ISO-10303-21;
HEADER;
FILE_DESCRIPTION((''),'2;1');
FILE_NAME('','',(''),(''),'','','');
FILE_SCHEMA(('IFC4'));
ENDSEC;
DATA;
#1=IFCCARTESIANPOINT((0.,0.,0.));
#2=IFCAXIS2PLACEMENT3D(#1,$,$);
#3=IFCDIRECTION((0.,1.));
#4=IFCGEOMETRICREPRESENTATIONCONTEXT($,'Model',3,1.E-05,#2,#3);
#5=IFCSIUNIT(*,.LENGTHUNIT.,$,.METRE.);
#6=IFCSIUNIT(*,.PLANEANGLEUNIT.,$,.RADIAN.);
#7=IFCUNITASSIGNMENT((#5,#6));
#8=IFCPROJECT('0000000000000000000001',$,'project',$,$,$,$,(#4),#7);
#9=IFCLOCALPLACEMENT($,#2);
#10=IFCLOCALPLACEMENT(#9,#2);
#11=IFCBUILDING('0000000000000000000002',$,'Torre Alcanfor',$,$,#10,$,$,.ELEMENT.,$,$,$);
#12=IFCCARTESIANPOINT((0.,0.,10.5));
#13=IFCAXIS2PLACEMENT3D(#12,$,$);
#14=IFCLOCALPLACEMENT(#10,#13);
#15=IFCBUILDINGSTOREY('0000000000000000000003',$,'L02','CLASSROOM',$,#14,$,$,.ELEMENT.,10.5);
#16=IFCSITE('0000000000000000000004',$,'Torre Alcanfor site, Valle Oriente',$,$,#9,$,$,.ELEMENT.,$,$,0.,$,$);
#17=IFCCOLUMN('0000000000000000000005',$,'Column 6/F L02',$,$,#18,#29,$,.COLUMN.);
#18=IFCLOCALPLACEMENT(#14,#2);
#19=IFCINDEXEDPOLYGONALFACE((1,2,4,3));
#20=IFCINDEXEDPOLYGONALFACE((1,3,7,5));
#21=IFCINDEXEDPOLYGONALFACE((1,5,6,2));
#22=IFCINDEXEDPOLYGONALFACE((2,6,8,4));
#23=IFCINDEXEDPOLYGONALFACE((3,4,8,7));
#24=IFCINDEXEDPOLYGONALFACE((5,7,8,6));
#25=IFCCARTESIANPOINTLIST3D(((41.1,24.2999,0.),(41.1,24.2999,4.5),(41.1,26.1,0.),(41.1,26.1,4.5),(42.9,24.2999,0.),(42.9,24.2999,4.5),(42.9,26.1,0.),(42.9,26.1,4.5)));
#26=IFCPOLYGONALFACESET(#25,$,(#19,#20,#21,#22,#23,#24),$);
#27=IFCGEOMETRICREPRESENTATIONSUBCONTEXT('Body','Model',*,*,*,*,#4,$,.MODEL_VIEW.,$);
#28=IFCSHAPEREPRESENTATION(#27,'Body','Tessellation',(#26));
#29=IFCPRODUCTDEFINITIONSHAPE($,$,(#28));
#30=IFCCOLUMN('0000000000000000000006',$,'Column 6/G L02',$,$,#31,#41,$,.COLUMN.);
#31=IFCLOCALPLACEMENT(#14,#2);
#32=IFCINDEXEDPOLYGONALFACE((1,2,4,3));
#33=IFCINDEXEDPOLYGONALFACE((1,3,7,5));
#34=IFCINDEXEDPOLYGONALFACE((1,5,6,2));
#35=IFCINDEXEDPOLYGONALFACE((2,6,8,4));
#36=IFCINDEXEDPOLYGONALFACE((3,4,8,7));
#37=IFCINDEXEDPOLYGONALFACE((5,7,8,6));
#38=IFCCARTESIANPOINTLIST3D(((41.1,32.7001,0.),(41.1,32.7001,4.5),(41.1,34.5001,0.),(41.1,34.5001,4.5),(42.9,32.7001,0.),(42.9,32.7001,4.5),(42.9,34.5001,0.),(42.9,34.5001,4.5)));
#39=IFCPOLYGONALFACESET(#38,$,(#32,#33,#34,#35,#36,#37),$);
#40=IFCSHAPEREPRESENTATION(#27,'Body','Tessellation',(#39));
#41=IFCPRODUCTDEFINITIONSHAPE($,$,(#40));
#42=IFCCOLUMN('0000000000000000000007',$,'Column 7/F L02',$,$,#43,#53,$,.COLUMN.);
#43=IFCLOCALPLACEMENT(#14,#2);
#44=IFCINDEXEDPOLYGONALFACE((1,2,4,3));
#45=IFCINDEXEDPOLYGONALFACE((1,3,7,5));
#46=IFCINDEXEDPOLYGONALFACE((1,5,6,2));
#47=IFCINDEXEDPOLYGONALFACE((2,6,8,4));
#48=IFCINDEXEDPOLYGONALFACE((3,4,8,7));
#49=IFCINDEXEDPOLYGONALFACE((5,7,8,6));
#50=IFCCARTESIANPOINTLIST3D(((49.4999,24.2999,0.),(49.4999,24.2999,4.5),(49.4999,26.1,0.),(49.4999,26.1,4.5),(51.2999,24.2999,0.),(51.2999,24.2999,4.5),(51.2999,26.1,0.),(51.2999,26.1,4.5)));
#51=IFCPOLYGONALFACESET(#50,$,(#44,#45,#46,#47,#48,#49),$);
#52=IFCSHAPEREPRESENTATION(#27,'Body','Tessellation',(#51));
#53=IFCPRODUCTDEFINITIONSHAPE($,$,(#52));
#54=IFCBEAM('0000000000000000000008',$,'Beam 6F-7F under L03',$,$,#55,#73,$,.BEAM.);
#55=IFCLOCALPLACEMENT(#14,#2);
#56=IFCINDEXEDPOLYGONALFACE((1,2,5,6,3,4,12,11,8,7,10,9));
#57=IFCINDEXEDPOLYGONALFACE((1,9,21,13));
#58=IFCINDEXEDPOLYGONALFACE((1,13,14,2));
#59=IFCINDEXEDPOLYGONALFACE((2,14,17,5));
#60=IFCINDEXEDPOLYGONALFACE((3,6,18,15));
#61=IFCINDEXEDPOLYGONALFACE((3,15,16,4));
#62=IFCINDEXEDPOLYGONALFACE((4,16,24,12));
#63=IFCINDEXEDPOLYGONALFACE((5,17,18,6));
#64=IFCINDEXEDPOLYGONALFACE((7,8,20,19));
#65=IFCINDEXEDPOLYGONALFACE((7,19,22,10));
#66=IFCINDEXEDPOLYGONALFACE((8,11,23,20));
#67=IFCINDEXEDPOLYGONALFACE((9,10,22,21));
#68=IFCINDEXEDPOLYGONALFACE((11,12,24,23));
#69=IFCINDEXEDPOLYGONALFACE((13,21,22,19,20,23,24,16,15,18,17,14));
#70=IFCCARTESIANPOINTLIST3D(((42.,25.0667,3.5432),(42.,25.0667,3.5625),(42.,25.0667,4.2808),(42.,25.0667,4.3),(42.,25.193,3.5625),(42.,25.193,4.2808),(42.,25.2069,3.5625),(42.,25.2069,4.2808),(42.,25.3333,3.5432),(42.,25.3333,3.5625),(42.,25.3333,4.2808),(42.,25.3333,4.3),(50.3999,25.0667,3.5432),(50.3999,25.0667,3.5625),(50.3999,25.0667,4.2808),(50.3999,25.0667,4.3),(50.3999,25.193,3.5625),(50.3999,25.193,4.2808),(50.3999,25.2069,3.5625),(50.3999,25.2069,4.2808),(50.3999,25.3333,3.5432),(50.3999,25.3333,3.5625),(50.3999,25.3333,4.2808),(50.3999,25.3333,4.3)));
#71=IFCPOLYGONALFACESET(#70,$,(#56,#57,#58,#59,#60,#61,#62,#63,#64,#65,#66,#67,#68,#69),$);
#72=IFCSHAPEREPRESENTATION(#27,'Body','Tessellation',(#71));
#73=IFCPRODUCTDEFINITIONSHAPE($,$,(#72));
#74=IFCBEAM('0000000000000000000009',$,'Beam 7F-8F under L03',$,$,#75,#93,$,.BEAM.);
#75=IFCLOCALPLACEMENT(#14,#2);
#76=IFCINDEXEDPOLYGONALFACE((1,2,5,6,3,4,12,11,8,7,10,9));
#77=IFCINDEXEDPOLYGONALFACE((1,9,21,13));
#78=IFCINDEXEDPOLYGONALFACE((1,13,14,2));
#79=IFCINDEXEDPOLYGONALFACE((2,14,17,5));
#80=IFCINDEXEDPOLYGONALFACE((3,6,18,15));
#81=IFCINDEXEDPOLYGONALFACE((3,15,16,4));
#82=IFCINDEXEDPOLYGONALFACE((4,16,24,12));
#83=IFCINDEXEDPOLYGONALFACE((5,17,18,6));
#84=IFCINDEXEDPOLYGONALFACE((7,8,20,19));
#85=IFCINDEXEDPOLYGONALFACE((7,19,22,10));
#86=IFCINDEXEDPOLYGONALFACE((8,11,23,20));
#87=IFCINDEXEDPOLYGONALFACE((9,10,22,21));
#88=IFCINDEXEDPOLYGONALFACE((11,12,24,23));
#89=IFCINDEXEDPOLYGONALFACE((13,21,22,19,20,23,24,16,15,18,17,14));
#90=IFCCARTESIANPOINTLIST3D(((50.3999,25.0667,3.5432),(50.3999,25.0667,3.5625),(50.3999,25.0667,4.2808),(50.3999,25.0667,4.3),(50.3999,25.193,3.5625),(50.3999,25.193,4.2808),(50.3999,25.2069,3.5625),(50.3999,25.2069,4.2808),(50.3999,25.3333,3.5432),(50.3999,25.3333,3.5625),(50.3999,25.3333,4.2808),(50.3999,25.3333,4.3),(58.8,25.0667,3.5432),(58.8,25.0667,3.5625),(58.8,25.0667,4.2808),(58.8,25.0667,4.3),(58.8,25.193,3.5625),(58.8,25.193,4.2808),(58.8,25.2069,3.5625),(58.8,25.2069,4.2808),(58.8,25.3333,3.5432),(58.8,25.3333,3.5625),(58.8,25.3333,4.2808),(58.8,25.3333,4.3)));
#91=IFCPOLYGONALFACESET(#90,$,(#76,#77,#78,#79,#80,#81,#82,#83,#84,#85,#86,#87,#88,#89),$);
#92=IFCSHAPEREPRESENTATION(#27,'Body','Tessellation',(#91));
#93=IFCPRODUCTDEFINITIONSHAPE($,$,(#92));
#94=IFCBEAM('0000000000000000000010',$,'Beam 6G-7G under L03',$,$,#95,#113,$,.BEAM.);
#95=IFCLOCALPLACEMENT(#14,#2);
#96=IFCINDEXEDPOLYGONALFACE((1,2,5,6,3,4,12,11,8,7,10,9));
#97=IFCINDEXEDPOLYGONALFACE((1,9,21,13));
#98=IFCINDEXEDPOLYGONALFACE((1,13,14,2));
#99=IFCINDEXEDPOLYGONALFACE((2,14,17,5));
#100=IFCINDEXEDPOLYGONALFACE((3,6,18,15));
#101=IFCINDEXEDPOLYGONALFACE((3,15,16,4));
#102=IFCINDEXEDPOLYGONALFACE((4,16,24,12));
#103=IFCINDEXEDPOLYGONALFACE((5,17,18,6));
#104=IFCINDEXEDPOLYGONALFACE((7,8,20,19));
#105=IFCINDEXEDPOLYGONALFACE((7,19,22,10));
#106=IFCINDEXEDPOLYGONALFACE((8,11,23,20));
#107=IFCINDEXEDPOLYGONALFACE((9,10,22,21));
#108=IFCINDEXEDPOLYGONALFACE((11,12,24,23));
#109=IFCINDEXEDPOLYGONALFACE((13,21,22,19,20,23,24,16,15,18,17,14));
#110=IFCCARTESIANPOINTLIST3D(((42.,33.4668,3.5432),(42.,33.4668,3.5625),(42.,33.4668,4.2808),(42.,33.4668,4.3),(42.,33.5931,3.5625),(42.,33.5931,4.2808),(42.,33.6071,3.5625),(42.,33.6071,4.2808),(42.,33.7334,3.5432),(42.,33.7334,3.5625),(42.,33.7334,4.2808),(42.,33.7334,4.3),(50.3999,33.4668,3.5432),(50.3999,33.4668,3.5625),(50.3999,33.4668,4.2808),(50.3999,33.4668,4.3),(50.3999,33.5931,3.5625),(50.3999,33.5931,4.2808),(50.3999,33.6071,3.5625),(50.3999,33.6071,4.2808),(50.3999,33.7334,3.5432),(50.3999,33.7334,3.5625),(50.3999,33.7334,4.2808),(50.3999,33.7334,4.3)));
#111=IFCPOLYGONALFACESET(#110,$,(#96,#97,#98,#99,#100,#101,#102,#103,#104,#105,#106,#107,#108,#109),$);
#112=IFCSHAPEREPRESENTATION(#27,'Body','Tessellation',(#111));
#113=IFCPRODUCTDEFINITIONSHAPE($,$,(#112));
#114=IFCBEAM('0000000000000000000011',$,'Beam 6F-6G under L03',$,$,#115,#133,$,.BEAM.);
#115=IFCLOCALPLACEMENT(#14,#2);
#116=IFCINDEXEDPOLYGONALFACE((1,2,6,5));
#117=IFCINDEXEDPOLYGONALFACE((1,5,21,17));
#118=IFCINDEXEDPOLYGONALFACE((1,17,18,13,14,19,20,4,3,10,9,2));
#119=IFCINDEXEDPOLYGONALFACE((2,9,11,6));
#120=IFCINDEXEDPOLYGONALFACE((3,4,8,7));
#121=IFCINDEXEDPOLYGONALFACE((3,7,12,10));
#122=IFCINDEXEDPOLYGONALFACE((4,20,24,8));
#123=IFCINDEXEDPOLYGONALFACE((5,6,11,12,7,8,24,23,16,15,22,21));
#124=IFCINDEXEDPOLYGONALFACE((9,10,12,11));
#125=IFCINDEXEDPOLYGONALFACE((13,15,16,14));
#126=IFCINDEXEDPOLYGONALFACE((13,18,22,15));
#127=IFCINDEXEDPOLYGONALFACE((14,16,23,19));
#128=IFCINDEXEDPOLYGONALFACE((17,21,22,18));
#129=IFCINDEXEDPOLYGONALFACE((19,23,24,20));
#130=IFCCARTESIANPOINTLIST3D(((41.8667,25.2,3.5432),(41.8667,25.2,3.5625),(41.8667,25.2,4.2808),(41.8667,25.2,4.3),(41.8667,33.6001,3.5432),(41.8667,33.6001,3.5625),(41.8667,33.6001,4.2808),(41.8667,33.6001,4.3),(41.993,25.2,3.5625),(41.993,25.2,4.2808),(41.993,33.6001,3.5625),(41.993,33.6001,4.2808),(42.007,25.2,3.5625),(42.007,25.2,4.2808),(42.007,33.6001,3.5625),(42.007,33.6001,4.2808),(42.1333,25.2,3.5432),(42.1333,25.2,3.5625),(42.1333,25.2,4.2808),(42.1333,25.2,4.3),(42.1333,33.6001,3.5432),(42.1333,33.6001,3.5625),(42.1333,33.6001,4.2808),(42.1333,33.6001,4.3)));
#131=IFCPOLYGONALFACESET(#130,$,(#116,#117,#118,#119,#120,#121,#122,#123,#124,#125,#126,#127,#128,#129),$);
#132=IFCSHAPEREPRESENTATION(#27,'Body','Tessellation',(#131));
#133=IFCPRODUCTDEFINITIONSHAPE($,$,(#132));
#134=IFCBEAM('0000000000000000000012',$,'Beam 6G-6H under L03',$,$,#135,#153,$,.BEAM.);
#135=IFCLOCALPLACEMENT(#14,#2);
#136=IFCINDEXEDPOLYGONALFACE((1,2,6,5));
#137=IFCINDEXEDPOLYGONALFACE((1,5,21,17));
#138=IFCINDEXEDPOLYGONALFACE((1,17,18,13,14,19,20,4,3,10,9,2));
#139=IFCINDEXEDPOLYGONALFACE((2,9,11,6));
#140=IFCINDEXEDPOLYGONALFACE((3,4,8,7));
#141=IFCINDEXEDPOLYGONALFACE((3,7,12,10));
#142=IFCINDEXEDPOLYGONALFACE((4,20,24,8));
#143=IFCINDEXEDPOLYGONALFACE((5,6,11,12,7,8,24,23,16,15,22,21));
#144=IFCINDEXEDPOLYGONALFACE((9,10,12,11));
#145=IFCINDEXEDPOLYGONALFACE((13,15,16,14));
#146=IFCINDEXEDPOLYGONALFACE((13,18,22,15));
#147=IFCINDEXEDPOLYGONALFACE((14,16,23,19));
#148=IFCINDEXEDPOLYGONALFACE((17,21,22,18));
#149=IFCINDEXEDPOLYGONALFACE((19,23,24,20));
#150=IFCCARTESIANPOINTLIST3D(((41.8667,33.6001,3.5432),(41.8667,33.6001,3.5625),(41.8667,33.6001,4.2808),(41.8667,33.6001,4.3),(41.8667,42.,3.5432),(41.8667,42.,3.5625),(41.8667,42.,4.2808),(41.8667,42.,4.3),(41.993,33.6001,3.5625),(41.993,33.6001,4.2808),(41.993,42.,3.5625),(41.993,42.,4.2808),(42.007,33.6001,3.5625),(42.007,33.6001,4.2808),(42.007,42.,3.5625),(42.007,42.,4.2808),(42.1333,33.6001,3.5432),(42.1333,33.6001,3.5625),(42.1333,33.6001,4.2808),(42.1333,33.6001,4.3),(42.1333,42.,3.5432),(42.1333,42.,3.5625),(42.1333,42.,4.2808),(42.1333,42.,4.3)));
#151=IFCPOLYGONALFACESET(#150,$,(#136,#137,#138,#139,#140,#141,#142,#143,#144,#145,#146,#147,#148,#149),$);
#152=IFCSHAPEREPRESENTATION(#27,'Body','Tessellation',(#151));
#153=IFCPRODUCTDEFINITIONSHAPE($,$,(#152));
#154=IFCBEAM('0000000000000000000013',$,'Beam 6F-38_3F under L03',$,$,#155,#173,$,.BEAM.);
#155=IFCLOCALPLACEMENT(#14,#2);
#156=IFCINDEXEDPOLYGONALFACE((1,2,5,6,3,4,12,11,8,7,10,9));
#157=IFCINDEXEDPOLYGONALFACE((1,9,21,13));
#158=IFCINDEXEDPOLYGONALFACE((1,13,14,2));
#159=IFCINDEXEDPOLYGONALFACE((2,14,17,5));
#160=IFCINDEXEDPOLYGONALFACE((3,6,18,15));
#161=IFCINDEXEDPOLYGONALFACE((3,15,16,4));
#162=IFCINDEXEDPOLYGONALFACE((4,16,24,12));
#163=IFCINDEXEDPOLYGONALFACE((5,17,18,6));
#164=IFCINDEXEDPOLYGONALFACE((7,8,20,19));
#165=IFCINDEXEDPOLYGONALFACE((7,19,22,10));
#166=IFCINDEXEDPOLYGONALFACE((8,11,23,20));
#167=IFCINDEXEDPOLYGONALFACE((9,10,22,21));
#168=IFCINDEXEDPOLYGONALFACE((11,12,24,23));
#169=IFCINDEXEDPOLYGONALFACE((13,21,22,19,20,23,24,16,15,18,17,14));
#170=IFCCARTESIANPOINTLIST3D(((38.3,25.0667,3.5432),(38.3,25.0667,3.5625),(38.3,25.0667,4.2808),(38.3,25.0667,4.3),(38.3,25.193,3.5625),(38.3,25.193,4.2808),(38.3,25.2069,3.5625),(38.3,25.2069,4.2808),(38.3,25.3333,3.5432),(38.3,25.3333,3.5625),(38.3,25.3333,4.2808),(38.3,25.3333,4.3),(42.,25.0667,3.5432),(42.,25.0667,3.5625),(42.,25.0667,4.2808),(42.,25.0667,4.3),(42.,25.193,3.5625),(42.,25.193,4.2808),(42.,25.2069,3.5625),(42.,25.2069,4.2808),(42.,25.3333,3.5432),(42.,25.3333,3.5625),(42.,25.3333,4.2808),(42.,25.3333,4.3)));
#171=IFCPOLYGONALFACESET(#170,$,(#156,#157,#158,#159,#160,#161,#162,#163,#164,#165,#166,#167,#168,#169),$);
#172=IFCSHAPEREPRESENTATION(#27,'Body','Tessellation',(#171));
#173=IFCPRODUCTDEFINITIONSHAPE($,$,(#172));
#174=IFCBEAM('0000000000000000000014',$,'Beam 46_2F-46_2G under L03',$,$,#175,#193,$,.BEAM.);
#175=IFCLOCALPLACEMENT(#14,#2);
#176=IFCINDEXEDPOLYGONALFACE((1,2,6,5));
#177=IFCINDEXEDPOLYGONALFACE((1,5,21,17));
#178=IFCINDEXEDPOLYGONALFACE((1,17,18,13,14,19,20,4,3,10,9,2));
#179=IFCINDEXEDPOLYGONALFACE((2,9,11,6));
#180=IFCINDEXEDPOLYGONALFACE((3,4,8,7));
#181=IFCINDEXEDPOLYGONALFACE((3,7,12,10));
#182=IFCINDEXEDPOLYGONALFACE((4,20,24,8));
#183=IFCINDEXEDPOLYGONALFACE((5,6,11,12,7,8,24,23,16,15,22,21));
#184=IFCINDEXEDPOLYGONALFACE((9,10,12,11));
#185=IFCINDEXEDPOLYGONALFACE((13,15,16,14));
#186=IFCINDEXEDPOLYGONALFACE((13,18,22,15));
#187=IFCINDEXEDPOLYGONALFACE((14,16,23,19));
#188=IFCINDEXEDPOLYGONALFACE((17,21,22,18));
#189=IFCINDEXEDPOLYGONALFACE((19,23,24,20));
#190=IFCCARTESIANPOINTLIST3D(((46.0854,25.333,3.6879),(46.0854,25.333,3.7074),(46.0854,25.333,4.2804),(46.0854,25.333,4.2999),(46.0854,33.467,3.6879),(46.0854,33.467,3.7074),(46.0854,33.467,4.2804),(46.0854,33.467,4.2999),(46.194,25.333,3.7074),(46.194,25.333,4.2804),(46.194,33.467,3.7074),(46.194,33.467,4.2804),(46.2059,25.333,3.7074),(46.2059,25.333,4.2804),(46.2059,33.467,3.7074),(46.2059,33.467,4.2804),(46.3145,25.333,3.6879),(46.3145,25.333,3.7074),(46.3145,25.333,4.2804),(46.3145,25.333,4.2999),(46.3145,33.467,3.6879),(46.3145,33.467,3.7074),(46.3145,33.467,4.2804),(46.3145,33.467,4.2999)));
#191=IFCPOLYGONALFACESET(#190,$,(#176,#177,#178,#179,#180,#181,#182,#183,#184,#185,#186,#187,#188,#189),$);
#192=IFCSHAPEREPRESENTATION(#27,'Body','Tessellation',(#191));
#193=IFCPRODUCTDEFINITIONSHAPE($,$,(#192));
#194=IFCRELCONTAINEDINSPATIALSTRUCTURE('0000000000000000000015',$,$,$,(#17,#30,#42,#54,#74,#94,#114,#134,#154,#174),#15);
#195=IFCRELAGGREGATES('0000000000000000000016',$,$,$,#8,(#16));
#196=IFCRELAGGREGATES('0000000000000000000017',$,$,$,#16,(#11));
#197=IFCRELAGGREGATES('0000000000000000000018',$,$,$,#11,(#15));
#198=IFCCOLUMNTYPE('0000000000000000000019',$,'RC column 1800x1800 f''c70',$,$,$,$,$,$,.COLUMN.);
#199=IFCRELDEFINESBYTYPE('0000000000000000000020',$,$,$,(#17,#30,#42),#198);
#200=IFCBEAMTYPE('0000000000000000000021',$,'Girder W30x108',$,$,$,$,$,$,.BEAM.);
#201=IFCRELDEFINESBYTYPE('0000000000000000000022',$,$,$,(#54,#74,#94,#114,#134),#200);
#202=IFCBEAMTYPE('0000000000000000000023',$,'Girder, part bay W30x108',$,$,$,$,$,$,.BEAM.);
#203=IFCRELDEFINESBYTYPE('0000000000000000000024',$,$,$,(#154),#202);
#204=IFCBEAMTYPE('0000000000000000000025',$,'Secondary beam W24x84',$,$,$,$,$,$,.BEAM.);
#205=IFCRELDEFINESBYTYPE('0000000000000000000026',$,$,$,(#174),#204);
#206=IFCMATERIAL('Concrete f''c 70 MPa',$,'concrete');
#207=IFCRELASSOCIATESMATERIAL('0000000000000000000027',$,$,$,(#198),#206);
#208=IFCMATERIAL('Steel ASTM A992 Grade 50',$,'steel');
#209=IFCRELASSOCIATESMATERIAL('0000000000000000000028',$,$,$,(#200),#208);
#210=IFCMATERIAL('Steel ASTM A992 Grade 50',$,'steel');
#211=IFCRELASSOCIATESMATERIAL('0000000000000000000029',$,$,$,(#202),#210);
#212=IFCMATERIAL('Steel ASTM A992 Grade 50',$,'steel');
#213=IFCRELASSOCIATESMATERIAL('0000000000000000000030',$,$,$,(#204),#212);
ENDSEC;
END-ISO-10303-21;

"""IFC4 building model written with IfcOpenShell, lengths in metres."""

from ifc_helpers import new_model, si_unit, direction, frame, origin, origin_2d, place, context, subcontext, project, spatial, rectangle, i_section, extrude, material, material_profile, profile_set, type_object, element, save


model = new_model("IFC4")

# Units and contexts
model_context = context("Model", 3, precision=1e-05, world=origin(), true_north=direction((0.0, 1.0)))
body_context = subcontext(model_context, "Body", "Model", "MODEL_VIEW")
ifc_project = project(units=[si_unit("LENGTHUNIT", "METRE"), si_unit("PLANEANGLEUNIT", "RADIAN")], contexts=[model_context])

# Site, building, storey
site_placement = place(None, origin())
site = spatial("IfcSite", under=ifc_project, at=site_placement, Name="Torre Alcanfor site, Valle Oriente", CompositionType="ELEMENT", RefElevation=0.0)
building_placement = place(site_placement, origin())
building = spatial("IfcBuilding", under=site, at=building_placement, Name="Torre Alcanfor", CompositionType="ELEMENT")
storey_placement = place(building_placement, frame((0.0, 0.0, 10.5)))
storey = spatial("IfcBuildingStorey", under=building, at=storey_placement, Name="L02", Description="CLASSROOM", CompositionType="ELEMENT", Elevation=10.5)

# Columns
ifc_material_1 = material(Name="Concrete f'c 70 MPa", Category="concrete")
ifc_material_profile_1 = material_profile(ifc_material_1, rectangle(XDim=1.8, YDim=1.8, at=origin_2d()), Name="1800x1800")
ifc_profile_set_1 = profile_set([ifc_material_profile_1], Name="Concrete f'c 70 MPa")
column_type = type_object("IfcColumnType", Name="RC column 1800x1800 f'c70", PredefinedType="COLUMN", material=ifc_profile_set_1)
for number, where, z_axis, x_axis, name in (
    (1, (42.0, 25.2, 0.0), (0.0, 0.0, 1.0), (1.0, 0.0, 0.0), "Column 6/F L02"),
    (2, (42.0, 33.6001, 0.0), (0.0, 0.0, 1.0), (1.0, 0.0, 0.0), "Column 6/G L02"),
    (3, (50.3999, 25.2, 0.0), (0.0, 0.0, 1.0), (1.0, 0.0, 0.0), "Column 7/F L02"),
):
    element("IfcColumn", number, at=place(storey_placement, frame(where, z_axis=z_axis, x_axis=x_axis)), inside=storey, type_object=column_type, Name=name, PredefinedType="COLUMN", context=body_context, shape_type="SweptSolid", body=[
        extrude(rectangle(XDim=1.8, YDim=1.8, at=origin_2d()), origin(), (0.0, 0.0, 1.0), 4.5),
    ])

# Beams
ifc_material_2 = material(Name="Steel ASTM A992 Grade 50", Category="steel")
ifc_material_profile_2 = material_profile(ifc_material_2, i_section(OverallWidth=0.2666, OverallDepth=0.7568, WebThickness=0.0139, FlangeThickness=0.0193, at=origin_2d()), Name="W30x108")
ifc_profile_set_2 = profile_set([ifc_material_profile_2], Name="Steel ASTM A992 Grade 50")
beam_type_1 = type_object("IfcBeamType", Name="Girder W30x108", PredefinedType="BEAM", material=ifc_profile_set_2)
beam_1_placement = place(storey_placement, frame((42.0, 25.2, 3.9216), z_axis=(1.0, 0.0, 0.0), x_axis=(0.0, 1.0, 0.0)))
element("IfcBeam", 4, at=beam_1_placement, inside=storey, type_object=beam_type_1, Name="Beam 6F-7F under L03", PredefinedType="BEAM", context=body_context, shape_type="SweptSolid", body=[
    extrude(i_section(OverallWidth=0.2666, OverallDepth=0.7568, WebThickness=0.0139, FlangeThickness=0.0193, at=origin_2d()), origin(), (0.0, 0.0, 1.0), 8.3999),
])
beam_2_placement = place(storey_placement, frame((50.3999, 25.2, 3.9216), z_axis=(1.0, 0.0, 0.0), x_axis=(0.0, 1.0, 0.0)))
element("IfcBeam", 5, at=beam_2_placement, inside=storey, type_object=beam_type_1, Name="Beam 7F-8F under L03", PredefinedType="BEAM", context=body_context, shape_type="SweptSolid", body=[
    extrude(i_section(OverallWidth=0.2666, OverallDepth=0.7568, WebThickness=0.0139, FlangeThickness=0.0193, at=origin_2d()), origin(), (0.0, 0.0, 1.0), 8.4001),
])
beam_3_placement = place(storey_placement, frame((42.0, 33.6001, 3.9216), z_axis=(1.0, 0.0, 0.0), x_axis=(0.0, 1.0, 0.0)))
element("IfcBeam", 6, at=beam_3_placement, inside=storey, type_object=beam_type_1, Name="Beam 6G-7G under L03", PredefinedType="BEAM", context=body_context, shape_type="SweptSolid", body=[
    extrude(i_section(OverallWidth=0.2666, OverallDepth=0.7568, WebThickness=0.0139, FlangeThickness=0.0193, at=origin_2d()), origin(), (0.0, 0.0, 1.0), 8.3999),
])
beam_4_placement = place(storey_placement, frame((42.0, 25.2, 3.9216), z_axis=(0.0, 1.0, 0.0), x_axis=(-1.0, 0.0, 0.0)))
element("IfcBeam", 7, at=beam_4_placement, inside=storey, type_object=beam_type_1, Name="Beam 6F-6G under L03", PredefinedType="BEAM", context=body_context, shape_type="SweptSolid", body=[
    extrude(i_section(OverallWidth=0.2666, OverallDepth=0.7568, WebThickness=0.0139, FlangeThickness=0.0193, at=origin_2d()), origin(), (0.0, 0.0, 1.0), 8.4001),
])
beam_5_placement = place(storey_placement, frame((42.0, 33.6001, 3.9216), z_axis=(0.0, 1.0, 0.0), x_axis=(-1.0, 0.0, 0.0)))
element("IfcBeam", 8, at=beam_5_placement, inside=storey, type_object=beam_type_1, Name="Beam 6G-6H under L03", PredefinedType="BEAM", context=body_context, shape_type="SweptSolid", body=[
    extrude(i_section(OverallWidth=0.2666, OverallDepth=0.7568, WebThickness=0.0139, FlangeThickness=0.0193, at=origin_2d()), origin(), (0.0, 0.0, 1.0), 8.3999),
])
ifc_material_3 = material(Name="Steel ASTM A992 Grade 50", Category="steel")
ifc_material_profile_3 = material_profile(ifc_material_3, i_section(OverallWidth=0.2666, OverallDepth=0.7568, WebThickness=0.0139, FlangeThickness=0.0193, at=origin_2d()), Name="W30x108")
ifc_profile_set_3 = profile_set([ifc_material_profile_3], Name="Steel ASTM A992 Grade 50")
beam_type_2 = type_object("IfcBeamType", Name="Girder, part bay W30x108", PredefinedType="BEAM", material=ifc_profile_set_3)
beam_6_placement = place(storey_placement, frame((42.0, 25.2, 3.9216), z_axis=(-1.0, 0.0, 0.0), x_axis=(0.0, -1.0, 0.0)))
element("IfcBeam", 9, at=beam_6_placement, inside=storey, type_object=beam_type_2, Name="Beam 6F-38_3F under L03", PredefinedType="BEAM", context=body_context, shape_type="SweptSolid", body=[
    extrude(i_section(OverallWidth=0.2666, OverallDepth=0.7568, WebThickness=0.0139, FlangeThickness=0.0193, at=origin_2d()), origin(), (0.0, 0.0, 1.0), 3.7),
])
ifc_material_4 = material(Name="Steel ASTM A992 Grade 50", Category="steel")
ifc_material_profile_4 = material_profile(ifc_material_4, i_section(OverallWidth=0.229, OverallDepth=0.6121, WebThickness=0.012, FlangeThickness=0.0195, at=origin_2d()), Name="W24x84")
ifc_profile_set_4 = profile_set([ifc_material_profile_4], Name="Steel ASTM A992 Grade 50")
beam_type_3 = type_object("IfcBeamType", Name="Secondary beam W24x84", PredefinedType="BEAM", material=ifc_profile_set_4)
beam_7_placement = place(storey_placement, frame((46.2, 25.333, 3.9939), z_axis=(0.0, 1.0, 0.0), x_axis=(-1.0, 0.0, 0.0)))
element("IfcBeam", 10, at=beam_7_placement, inside=storey, type_object=beam_type_3, Name="Beam 46_2F-46_2G under L03", PredefinedType="BEAM", context=body_context, shape_type="SweptSolid", body=[
    extrude(i_section(OverallWidth=0.229, OverallDepth=0.6121, WebThickness=0.012, FlangeThickness=0.0195, at=origin_2d()), origin(), (0.0, 0.0, 1.0), 8.134),
])

save(model, "model.ifc")
